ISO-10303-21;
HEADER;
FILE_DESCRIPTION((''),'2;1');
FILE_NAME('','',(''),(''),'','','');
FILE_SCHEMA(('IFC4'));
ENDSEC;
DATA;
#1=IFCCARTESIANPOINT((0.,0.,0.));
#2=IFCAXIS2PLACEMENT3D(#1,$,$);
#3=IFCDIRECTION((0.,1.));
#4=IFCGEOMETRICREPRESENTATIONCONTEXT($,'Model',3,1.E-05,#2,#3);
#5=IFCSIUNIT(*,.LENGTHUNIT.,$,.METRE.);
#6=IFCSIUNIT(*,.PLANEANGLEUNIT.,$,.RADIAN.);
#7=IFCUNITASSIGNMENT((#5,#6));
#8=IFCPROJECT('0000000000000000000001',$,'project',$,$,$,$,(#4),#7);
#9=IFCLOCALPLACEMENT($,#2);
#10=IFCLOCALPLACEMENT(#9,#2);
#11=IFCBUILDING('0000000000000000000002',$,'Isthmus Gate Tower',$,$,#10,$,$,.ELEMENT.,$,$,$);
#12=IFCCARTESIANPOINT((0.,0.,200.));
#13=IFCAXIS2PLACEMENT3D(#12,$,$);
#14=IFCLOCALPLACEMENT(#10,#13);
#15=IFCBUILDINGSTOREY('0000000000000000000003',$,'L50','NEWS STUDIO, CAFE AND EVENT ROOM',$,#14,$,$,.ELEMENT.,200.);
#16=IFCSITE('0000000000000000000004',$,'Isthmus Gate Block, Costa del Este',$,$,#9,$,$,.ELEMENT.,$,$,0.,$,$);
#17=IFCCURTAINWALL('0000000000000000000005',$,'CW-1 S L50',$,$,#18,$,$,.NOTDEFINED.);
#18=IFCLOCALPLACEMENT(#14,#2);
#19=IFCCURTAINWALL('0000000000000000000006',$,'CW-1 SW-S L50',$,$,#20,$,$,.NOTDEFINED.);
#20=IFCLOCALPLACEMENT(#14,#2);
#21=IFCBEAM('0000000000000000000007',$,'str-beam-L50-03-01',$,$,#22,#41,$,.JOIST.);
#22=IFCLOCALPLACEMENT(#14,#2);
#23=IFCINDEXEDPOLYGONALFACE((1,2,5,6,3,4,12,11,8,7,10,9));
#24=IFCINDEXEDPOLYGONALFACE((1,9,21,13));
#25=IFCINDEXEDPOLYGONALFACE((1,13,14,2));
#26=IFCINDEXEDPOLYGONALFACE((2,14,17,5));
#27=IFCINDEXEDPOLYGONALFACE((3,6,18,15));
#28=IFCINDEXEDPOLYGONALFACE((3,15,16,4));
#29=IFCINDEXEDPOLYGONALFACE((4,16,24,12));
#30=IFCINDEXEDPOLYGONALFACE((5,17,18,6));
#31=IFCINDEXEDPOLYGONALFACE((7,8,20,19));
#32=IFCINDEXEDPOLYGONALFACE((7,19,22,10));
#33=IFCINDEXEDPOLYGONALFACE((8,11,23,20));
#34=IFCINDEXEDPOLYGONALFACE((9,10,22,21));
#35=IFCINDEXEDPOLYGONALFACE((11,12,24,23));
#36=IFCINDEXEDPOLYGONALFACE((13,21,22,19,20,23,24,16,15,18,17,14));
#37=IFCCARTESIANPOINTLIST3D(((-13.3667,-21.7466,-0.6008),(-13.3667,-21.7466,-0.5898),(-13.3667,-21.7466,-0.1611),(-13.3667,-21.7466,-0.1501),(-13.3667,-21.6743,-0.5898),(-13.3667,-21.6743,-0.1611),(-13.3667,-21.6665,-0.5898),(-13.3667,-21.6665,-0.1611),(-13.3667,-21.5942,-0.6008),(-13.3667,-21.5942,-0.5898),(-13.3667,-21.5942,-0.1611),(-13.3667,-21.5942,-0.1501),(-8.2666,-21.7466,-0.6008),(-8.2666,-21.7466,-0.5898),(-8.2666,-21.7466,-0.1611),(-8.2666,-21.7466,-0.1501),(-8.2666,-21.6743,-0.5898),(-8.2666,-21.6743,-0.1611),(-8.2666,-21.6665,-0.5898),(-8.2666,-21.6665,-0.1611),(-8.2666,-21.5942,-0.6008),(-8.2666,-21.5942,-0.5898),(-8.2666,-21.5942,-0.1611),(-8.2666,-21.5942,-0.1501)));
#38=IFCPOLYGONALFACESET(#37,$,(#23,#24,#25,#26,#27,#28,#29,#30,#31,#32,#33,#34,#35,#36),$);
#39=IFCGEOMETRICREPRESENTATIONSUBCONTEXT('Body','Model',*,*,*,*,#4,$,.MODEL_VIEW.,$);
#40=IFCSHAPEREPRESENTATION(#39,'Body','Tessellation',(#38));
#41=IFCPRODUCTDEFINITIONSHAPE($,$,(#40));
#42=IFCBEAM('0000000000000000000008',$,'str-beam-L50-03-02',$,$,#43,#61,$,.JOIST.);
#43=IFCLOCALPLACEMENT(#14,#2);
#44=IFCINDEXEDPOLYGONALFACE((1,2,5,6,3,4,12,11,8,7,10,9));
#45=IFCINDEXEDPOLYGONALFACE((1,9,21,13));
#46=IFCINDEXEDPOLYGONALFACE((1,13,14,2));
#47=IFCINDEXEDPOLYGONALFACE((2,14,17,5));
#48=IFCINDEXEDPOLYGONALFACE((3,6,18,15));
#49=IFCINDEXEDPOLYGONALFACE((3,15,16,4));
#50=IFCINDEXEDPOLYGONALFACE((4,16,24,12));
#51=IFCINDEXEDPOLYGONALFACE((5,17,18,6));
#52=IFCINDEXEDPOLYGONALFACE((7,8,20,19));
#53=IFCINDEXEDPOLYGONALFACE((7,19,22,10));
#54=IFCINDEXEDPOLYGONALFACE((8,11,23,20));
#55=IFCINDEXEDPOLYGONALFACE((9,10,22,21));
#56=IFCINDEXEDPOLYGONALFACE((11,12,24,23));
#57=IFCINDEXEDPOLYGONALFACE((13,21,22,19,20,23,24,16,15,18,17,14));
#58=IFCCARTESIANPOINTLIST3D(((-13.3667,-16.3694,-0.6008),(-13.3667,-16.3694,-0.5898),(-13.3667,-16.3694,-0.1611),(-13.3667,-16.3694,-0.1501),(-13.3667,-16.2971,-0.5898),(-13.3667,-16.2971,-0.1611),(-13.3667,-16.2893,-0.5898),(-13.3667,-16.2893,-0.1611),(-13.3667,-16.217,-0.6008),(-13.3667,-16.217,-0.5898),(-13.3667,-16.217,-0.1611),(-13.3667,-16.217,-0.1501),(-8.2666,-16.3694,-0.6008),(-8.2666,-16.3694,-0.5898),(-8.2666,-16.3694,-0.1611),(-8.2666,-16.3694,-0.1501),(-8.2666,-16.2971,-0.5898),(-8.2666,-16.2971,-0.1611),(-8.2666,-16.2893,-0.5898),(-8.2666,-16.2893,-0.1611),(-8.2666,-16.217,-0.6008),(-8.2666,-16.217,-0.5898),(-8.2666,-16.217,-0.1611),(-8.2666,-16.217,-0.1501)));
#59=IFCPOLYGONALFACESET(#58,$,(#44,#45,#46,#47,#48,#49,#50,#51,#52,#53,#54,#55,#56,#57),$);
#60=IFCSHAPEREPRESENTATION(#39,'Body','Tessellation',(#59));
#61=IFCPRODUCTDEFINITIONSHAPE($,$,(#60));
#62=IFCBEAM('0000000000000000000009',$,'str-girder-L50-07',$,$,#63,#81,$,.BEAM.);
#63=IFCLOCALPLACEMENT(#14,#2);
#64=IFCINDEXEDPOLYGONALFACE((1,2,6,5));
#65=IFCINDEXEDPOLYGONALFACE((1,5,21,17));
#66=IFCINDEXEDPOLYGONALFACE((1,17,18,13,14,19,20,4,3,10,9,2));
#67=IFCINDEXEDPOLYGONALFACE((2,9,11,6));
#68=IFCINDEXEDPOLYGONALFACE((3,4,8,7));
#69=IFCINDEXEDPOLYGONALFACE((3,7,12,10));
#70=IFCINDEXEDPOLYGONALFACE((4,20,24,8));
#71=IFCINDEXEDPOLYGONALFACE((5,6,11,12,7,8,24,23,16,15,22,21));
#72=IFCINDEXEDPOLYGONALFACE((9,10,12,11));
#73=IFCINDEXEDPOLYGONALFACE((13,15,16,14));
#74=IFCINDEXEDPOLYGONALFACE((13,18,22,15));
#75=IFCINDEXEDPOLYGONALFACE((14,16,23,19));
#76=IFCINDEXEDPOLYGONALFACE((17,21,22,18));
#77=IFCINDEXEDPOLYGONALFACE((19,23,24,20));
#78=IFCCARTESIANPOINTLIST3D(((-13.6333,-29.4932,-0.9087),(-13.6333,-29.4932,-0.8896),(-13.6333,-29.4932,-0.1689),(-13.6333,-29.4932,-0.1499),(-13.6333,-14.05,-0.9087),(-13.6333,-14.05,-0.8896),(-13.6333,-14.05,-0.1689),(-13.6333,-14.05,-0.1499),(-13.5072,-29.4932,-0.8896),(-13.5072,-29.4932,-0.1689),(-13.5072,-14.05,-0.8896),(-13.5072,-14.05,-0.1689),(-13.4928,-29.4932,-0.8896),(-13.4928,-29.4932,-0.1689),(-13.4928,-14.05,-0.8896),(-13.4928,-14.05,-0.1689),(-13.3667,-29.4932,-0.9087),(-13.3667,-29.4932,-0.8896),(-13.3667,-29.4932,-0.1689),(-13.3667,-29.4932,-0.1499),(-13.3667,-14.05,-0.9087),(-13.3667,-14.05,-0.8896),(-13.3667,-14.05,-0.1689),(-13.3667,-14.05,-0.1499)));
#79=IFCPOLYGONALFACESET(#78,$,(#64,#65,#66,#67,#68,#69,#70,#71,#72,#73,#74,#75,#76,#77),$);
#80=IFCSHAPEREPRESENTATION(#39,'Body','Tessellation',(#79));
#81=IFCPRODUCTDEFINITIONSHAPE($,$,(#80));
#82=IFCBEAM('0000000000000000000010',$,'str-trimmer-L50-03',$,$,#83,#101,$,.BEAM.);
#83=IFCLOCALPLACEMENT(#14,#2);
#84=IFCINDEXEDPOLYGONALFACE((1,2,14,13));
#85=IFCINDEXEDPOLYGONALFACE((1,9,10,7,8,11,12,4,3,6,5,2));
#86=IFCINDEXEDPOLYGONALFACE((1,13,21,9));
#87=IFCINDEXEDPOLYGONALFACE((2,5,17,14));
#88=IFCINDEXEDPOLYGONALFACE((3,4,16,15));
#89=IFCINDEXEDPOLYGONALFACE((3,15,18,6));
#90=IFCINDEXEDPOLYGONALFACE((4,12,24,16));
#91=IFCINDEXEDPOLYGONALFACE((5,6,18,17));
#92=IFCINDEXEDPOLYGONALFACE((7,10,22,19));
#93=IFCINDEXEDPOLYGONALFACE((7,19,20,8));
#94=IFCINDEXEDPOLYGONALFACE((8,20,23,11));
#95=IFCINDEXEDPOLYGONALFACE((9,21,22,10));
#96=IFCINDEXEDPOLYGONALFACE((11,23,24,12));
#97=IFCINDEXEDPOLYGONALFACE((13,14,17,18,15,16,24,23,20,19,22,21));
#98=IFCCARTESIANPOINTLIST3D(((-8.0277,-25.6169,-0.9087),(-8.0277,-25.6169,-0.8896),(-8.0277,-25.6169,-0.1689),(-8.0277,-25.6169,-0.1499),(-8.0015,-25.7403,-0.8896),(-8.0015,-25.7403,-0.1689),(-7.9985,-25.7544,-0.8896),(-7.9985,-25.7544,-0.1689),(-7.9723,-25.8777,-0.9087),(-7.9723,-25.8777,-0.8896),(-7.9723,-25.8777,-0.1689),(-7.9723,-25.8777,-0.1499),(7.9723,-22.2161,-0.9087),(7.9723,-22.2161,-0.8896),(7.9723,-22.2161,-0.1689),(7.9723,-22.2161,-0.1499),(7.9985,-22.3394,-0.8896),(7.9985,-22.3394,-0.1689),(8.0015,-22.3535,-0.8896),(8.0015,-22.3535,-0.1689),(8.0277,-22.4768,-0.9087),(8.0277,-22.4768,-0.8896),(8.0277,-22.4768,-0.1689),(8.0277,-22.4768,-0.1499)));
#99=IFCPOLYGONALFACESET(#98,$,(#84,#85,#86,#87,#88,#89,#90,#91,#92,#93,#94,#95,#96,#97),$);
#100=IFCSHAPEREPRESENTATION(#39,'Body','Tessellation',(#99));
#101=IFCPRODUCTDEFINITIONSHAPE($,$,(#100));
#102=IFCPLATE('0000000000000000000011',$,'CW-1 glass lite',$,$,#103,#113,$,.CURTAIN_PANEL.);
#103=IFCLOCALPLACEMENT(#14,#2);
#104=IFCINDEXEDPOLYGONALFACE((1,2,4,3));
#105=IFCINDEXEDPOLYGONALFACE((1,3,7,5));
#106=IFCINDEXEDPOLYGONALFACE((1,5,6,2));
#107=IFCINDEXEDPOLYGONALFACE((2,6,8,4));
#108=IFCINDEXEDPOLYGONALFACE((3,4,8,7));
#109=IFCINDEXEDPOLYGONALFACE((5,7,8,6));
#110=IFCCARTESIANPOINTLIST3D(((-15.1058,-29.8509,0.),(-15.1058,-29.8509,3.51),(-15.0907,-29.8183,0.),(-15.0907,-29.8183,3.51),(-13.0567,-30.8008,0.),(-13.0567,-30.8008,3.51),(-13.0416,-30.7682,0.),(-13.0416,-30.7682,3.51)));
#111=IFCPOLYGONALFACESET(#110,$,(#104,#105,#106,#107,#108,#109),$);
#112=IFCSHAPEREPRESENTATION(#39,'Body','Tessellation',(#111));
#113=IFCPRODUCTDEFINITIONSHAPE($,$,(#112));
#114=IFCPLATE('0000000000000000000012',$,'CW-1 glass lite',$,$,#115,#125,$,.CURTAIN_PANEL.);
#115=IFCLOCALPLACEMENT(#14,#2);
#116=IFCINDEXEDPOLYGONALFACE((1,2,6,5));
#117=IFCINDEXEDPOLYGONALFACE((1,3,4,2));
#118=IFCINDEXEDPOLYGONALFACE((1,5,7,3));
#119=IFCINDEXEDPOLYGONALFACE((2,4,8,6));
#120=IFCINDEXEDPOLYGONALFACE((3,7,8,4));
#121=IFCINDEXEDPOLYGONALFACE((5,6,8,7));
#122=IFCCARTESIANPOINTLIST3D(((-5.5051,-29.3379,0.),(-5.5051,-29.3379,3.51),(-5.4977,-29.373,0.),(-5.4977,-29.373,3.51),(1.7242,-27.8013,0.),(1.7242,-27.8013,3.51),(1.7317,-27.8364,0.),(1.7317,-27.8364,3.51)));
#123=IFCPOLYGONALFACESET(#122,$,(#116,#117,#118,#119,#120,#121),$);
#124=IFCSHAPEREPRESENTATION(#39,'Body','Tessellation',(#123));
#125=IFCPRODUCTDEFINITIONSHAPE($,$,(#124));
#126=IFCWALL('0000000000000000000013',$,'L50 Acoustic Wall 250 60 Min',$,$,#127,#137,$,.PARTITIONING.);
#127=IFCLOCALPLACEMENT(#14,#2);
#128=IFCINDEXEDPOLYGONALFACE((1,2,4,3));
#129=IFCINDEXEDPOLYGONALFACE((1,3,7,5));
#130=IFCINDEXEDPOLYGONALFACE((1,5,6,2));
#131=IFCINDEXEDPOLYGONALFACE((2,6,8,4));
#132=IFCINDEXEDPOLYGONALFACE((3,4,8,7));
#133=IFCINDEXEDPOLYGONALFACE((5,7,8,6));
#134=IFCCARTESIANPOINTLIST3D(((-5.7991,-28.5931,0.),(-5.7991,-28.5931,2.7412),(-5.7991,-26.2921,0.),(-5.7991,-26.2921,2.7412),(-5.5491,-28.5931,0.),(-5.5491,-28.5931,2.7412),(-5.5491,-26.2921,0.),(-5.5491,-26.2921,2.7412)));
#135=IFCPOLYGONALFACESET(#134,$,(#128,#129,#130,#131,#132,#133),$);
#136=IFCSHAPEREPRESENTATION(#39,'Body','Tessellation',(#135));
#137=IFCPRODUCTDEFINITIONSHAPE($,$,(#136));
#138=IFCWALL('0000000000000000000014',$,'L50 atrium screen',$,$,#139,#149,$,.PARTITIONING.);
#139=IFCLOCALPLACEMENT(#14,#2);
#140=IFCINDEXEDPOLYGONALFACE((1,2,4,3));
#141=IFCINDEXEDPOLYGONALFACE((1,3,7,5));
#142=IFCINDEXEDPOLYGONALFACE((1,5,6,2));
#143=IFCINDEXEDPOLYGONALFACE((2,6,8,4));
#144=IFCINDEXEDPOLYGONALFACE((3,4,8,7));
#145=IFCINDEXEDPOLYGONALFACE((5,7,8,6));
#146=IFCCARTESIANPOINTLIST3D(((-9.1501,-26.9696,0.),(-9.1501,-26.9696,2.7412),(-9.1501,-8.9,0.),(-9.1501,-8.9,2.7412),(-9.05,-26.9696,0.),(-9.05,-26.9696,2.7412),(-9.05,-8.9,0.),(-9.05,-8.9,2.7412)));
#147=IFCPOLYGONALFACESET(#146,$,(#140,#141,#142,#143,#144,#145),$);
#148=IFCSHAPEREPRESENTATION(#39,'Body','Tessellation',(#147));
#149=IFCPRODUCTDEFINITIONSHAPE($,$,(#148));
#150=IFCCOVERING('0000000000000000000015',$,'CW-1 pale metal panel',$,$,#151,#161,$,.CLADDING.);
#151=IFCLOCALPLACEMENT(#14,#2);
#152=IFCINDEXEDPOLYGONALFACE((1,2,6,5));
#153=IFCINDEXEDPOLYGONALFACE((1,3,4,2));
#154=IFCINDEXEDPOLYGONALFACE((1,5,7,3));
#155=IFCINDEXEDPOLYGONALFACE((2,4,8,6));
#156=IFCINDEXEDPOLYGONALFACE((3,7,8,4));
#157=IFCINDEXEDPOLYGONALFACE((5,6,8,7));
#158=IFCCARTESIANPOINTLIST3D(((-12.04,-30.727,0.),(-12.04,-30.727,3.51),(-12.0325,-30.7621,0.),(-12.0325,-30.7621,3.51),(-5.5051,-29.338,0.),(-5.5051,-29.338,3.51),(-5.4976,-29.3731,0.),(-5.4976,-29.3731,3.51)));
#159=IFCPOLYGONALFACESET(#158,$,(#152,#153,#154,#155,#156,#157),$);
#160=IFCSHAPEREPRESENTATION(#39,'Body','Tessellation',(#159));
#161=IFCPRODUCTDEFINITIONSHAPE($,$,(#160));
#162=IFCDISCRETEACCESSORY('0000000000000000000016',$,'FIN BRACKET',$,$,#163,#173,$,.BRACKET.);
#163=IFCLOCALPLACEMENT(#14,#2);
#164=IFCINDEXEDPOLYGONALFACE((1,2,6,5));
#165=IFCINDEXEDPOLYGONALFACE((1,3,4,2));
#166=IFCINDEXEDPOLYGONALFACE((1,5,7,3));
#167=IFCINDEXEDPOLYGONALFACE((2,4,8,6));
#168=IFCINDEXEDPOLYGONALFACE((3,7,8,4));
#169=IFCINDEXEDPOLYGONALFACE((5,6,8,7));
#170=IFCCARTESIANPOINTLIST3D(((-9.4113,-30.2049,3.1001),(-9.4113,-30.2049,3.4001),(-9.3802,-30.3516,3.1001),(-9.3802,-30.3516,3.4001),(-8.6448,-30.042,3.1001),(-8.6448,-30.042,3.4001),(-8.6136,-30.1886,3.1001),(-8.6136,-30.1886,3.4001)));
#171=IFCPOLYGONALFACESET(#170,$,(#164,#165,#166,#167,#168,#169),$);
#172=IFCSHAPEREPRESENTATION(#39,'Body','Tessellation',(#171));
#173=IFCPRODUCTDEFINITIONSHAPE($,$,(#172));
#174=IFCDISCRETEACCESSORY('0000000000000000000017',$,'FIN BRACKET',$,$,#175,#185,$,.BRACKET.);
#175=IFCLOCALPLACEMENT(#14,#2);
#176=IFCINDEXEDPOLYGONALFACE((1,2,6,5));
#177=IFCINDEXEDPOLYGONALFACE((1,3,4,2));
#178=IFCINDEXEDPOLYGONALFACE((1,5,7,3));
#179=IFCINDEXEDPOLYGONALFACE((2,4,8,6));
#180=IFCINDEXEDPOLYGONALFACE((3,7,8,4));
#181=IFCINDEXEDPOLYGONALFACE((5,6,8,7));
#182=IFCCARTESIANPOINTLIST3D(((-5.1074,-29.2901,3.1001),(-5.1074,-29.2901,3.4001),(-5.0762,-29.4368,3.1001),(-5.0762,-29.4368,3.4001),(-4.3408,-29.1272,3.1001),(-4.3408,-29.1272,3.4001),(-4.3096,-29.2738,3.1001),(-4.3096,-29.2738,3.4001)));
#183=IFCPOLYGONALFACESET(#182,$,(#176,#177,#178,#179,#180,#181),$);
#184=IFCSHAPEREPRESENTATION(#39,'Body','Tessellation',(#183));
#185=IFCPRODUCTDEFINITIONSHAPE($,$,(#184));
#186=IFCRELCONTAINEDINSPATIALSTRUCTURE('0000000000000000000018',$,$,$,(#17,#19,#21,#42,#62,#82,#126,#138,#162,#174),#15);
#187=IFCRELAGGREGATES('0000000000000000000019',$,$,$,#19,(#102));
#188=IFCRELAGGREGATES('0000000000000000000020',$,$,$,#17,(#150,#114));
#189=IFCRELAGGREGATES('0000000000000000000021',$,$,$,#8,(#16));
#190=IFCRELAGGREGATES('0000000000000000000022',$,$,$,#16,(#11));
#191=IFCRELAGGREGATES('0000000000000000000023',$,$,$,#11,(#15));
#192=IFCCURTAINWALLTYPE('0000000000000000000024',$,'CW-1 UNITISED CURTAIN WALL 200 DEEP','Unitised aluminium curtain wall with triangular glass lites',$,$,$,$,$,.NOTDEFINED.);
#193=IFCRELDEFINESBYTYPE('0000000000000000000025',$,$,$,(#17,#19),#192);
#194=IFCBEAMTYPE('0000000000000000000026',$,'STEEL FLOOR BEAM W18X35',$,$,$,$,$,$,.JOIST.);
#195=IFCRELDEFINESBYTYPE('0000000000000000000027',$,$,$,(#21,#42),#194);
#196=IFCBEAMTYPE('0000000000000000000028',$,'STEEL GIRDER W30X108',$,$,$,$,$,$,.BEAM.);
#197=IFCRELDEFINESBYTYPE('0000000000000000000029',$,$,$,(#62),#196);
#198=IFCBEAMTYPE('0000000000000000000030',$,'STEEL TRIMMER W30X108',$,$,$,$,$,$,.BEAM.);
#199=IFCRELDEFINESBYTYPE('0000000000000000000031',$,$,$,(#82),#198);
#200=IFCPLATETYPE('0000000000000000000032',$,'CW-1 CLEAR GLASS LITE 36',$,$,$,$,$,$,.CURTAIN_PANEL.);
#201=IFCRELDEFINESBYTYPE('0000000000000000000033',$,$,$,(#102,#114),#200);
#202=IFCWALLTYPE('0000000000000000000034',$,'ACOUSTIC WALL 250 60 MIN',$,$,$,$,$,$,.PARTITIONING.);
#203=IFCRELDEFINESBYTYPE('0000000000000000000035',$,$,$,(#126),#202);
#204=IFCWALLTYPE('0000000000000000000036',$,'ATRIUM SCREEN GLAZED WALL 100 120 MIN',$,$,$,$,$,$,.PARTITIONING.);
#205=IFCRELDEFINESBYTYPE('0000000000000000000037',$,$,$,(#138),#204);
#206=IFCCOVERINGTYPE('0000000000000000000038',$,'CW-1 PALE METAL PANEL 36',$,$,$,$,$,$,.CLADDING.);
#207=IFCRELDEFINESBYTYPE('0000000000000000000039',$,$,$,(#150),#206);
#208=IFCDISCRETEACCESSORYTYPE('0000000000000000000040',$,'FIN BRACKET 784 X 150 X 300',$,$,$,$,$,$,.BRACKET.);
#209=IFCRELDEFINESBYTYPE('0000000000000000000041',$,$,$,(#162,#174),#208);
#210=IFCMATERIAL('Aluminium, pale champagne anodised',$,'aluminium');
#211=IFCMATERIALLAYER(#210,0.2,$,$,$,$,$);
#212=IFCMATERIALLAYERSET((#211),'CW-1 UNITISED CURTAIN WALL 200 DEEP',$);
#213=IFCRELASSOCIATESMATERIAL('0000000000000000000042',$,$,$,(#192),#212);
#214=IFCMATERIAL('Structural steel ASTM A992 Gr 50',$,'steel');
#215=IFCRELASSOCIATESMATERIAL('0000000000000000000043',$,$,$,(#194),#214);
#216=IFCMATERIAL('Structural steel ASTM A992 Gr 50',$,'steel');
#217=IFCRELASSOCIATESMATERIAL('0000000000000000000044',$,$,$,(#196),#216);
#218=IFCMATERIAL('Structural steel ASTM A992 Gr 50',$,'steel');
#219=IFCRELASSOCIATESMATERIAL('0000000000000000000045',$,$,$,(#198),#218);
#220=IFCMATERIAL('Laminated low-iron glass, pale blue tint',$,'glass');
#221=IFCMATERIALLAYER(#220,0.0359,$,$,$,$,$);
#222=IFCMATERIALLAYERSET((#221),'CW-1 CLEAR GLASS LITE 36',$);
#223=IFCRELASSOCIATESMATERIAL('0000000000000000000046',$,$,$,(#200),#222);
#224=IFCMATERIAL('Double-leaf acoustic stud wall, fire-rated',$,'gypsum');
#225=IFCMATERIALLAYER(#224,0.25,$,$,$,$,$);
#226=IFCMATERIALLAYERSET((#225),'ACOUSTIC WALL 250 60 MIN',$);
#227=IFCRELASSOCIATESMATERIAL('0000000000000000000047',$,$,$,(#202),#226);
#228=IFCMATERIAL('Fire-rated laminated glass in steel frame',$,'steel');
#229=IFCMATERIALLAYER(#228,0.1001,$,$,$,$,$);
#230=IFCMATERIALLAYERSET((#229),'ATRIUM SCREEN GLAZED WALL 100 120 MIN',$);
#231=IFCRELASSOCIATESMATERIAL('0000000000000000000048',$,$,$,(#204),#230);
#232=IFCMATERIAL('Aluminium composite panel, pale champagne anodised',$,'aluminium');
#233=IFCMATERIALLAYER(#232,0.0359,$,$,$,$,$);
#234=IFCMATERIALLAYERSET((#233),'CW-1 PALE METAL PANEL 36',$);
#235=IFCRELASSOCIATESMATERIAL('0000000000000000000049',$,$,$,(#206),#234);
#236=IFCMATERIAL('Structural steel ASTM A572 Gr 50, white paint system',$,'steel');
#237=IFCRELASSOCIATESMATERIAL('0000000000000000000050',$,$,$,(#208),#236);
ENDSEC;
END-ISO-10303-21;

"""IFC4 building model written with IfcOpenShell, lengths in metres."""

from ifc_helpers import new_model, si_unit, direction, frame, frame_2d, origin, origin_2d, place, context, subcontext, project, spatial, rectangle, i_section, extrude, material, layer, layer_set, material_profile, profile_set, type_object, element, aggregate, save


model = new_model("IFC4")

# Units and contexts
model_context = context("Model", 3, precision=1e-05, world=origin(), true_north=direction((0.0, 1.0)))
body_context = subcontext(model_context, "Body", "Model", "MODEL_VIEW")
ifc_project = project(units=[si_unit("LENGTHUNIT", "METRE"), si_unit("PLANEANGLEUNIT", "RADIAN")], contexts=[model_context])

# Site, building, storey
site_placement = place(None, origin())
site = spatial("IfcSite", under=ifc_project, at=site_placement, Name="Isthmus Gate Block, Costa del Este", CompositionType="ELEMENT", RefElevation=0.0)
building_placement = place(site_placement, origin())
building = spatial("IfcBuilding", under=site, at=building_placement, Name="Isthmus Gate Tower", CompositionType="ELEMENT")
storey_placement = place(building_placement, frame((0.0, 0.0, 200.0)))
storey = spatial("IfcBuildingStorey", under=building, at=storey_placement, Name="L50", Description="NEWS STUDIO, CAFE AND EVENT ROOM", CompositionType="ELEMENT", Elevation=200.0)

# Curtain walls
ifc_material_1 = material(Name="Aluminium, pale champagne anodised", Category="aluminium")
ifc_layer_1 = layer(ifc_material_1, 0.2)
ifc_layer_set_1 = layer_set([ifc_layer_1], Name="CW-1 UNITISED CURTAIN WALL 200 DEEP")
curtain_wall_type = type_object("IfcCurtainWallType", Name="CW-1 UNITISED CURTAIN WALL 200 DEEP", Description="Unitised aluminium curtain wall with triangular glass lites", PredefinedType="NOTDEFINED", material=ifc_layer_set_1)
curtain_wall_1_placement = place(storey_placement, origin())
curtain_wall_1 = element("IfcCurtainWall", 1, at=curtain_wall_1_placement, inside=storey, type_object=curtain_wall_type, Name="CW-1 S L50", PredefinedType="NOTDEFINED")
curtain_wall_2_placement = place(storey_placement, origin())
curtain_wall_2 = element("IfcCurtainWall", 2, at=curtain_wall_2_placement, inside=storey, type_object=curtain_wall_type, Name="CW-1 SW-S L50", PredefinedType="NOTDEFINED")

# Beams
ifc_material_2 = material(Name="Structural steel ASTM A992 Gr 50", Category="steel")
ifc_material_profile_1 = material_profile(ifc_material_2, i_section(OverallWidth=0.1523, OverallDepth=0.4507, WebThickness=0.0078, FlangeThickness=0.011, at=origin_2d()), Name="W18X35")
ifc_profile_set_1 = profile_set([ifc_material_profile_1], Name="Structural steel ASTM A992 Gr 50")
beam_type_1 = type_object("IfcBeamType", Name="STEEL FLOOR BEAM W18X35", PredefinedType="JOIST", material=ifc_profile_set_1)
for number, where, z_axis, x_axis, name in (
    (3, (-13.3667, -21.6704, -0.3755), (1.0, 0.0, 0.0), (0.0, 1.0, 0.0), "str-beam-L50-03-01"),
    (4, (-13.3667, -16.2932, -0.3755), (1.0, 0.0, 0.0), (0.0, 1.0, 0.0), "str-beam-L50-03-02"),
):
    element("IfcBeam", number, at=place(storey_placement, frame(where, z_axis=z_axis, x_axis=x_axis)), inside=storey, type_object=beam_type_1, Name=name, PredefinedType="JOIST", context=body_context, shape_type="SweptSolid", body=[
        extrude(i_section(OverallWidth=0.1523, OverallDepth=0.4507, WebThickness=0.0078, FlangeThickness=0.011, at=origin_2d()), origin(), (0.0, 0.0, 1.0), 5.1001),
    ])
ifc_material_3 = material(Name="Structural steel ASTM A992 Gr 50", Category="steel")
ifc_material_profile_2 = material_profile(ifc_material_3, i_section(OverallWidth=0.2666, OverallDepth=0.7588, WebThickness=0.0144, FlangeThickness=0.019, at=origin_2d()), Name="W30X108")
ifc_profile_set_2 = profile_set([ifc_material_profile_2], Name="Structural steel ASTM A992 Gr 50")
beam_type_2 = type_object("IfcBeamType", Name="STEEL GIRDER W30X108", PredefinedType="BEAM", material=ifc_profile_set_2)
beam_1_placement = place(storey_placement, frame((-13.5, -29.4932, -0.5293), z_axis=(0.0, 1.0, 0.0), x_axis=(-1.0, 0.0, 0.0)))
element("IfcBeam", 5, at=beam_1_placement, inside=storey, type_object=beam_type_2, Name="str-girder-L50-07", PredefinedType="BEAM", context=body_context, shape_type="SweptSolid", body=[
    extrude(i_section(OverallWidth=0.2666, OverallDepth=0.7588, WebThickness=0.0144, FlangeThickness=0.019, at=origin_2d()), origin(), (0.0, 0.0, 1.0), 15.4431),
])
ifc_material_4 = material(Name="Structural steel ASTM A992 Gr 50", Category="steel")
ifc_material_profile_3 = material_profile(ifc_material_4, i_section(OverallWidth=0.2666, OverallDepth=0.7588, WebThickness=0.0144, FlangeThickness=0.019, at=origin_2d()), Name="W30X108")
ifc_profile_set_3 = profile_set([ifc_material_profile_3], Name="Structural steel ASTM A992 Gr 50")
beam_type_3 = type_object("IfcBeamType", Name="STEEL TRIMMER W30X108", PredefinedType="BEAM", material=ifc_profile_set_3)
beam_2_placement = place(storey_placement, frame((-8.0, -25.7473, -0.5293), z_axis=(0.978148, 0.20791, 0.0), x_axis=(-0.20791, 0.978148, 0.0)))
element("IfcBeam", 6, at=beam_2_placement, inside=storey, type_object=beam_type_3, Name="str-trimmer-L50-03", PredefinedType="BEAM", context=body_context, shape_type="SweptSolid", body=[
    extrude(i_section(OverallWidth=0.2666, OverallDepth=0.7588, WebThickness=0.0144, FlangeThickness=0.019, at=origin_2d()), origin(), (0.0, 0.0, 1.0), 16.3574),
])

# Plates
ifc_material_5 = material(Name="Laminated low-iron glass, pale blue tint", Category="glass")
ifc_layer_2 = layer(ifc_material_5, 0.0359)
ifc_layer_set_2 = layer_set([ifc_layer_2], Name="CW-1 CLEAR GLASS LITE 36")
plate_type = type_object("IfcPlateType", Name="CW-1 CLEAR GLASS LITE 36", PredefinedType="CURTAIN_PANEL", material=ifc_layer_set_2)
plate_1_placement = place(storey_placement, frame((-14.0737, -30.3096, 0.0), z_axis=(0.0, 0.0, 1.0), x_axis=(0.907256, -0.420578, 0.0)))
plate_1 = element("IfcPlate", 7, at=plate_1_placement, type_object=plate_type, Name="CW-1 glass lite", PredefinedType="CURTAIN_PANEL", context=body_context, shape_type="SweptSolid", body=[
    extrude(rectangle(XDim=2.2585, YDim=0.0359, at=origin_2d()), origin(), (0.0, 0.0, 1.0), 3.51),
])
aggregate(curtain_wall_2, [plate_1])
plate_2_placement = place(storey_placement, frame((-1.8867, -28.5872, 0.0), z_axis=(0.0, 0.0, 1.0), x_axis=(0.978148, 0.207912, 0.0)))
plate_2 = element("IfcPlate", 8, at=plate_2_placement, type_object=plate_type, Name="CW-1 glass lite", PredefinedType="CURTAIN_PANEL", context=body_context, shape_type="SweptSolid", body=[
    extrude(rectangle(XDim=7.3909, YDim=0.0359, at=origin_2d()), origin(), (0.0, 0.0, 1.0), 3.51),
])

# Walls
ifc_material_6 = material(Name="Double-leaf acoustic stud wall, fire-rated", Category="gypsum")
ifc_layer_3 = layer(ifc_material_6, 0.25)
ifc_layer_set_3 = layer_set([ifc_layer_3], Name="ACOUSTIC WALL 250 60 MIN")
wall_type_1 = type_object("IfcWallType", Name="ACOUSTIC WALL 250 60 MIN", PredefinedType="PARTITIONING", material=ifc_layer_set_3)
wall_1_placement = place(storey_placement, frame((-5.6741, -28.593, 0.0), z_axis=(0.0, 0.0, 1.0), x_axis=(0.0, 1.0, 0.0)))
element("IfcWall", 9, at=wall_1_placement, inside=storey, type_object=wall_type_1, Name="L50 Acoustic Wall 250 60 Min", PredefinedType="PARTITIONING", context=body_context, shape_type="SweptSolid", body=[
    extrude(rectangle(XDim=2.301, YDim=0.25, at=frame_2d((1.1504, 0.0))), origin(), (0.0, 0.0, 1.0), 2.7412),
])
ifc_material_7 = material(Name="Fire-rated laminated glass in steel frame", Category="steel")
ifc_layer_4 = layer(ifc_material_7, 0.1001)
ifc_layer_set_4 = layer_set([ifc_layer_4], Name="ATRIUM SCREEN GLAZED WALL 100 120 MIN")
wall_type_2 = type_object("IfcWallType", Name="ATRIUM SCREEN GLAZED WALL 100 120 MIN", PredefinedType="PARTITIONING", material=ifc_layer_set_4)
wall_2_placement = place(storey_placement, frame((-9.1001, -26.9695, 0.0), z_axis=(0.0, 0.0, 1.0), x_axis=(0.0, 1.0, 0.0)))
element("IfcWall", 10, at=wall_2_placement, inside=storey, type_object=wall_type_2, Name="L50 atrium screen", PredefinedType="PARTITIONING", context=body_context, shape_type="SweptSolid", body=[
    extrude(rectangle(XDim=18.0696, YDim=0.1001, at=frame_2d((9.0347, 0.0))), origin(), (0.0, 0.0, 1.0), 2.7412),
])

# Covering
ifc_material_8 = material(Name="Aluminium composite panel, pale champagne anodised", Category="aluminium")
ifc_layer_5 = layer(ifc_material_8, 0.0359)
ifc_layer_set_5 = layer_set([ifc_layer_5], Name="CW-1 PALE METAL PANEL 36")
covering_type = type_object("IfcCoveringType", Name="CW-1 PALE METAL PANEL 36", PredefinedType="CLADDING", material=ifc_layer_set_5)
covering_placement = place(storey_placement, frame((-8.7688, -30.05, 0.0), z_axis=(0.0, 0.0, 1.0), x_axis=(0.978148, 0.207912, 0.0)))
covering = element("IfcCovering", 11, at=covering_placement, type_object=covering_type, Name="CW-1 pale metal panel", PredefinedType="CLADDING", context=body_context, shape_type="SweptSolid", body=[
    extrude(rectangle(XDim=6.6809, YDim=0.0359, at=origin_2d()), origin(), (0.0, 0.0, 1.0), 3.51),
])
aggregate(curtain_wall_1, [covering, plate_2])

# Discrete accessories
ifc_material_9 = material(Name="Structural steel ASTM A572 Gr 50, white paint system", Category="steel")
discrete_accessory_type = type_object("IfcDiscreteAccessoryType", Name="FIN BRACKET 784 X 150 X 300", PredefinedType="BRACKET", material=ifc_material_9)
for number, where, z_axis, x_axis, name in (
    (12, (-9.0125, -30.1968, 3.1001), (0.0, 0.0, 1.0), (0.207912, -0.978148, 0.0), "FIN BRACKET"),
    (13, (-4.7085, -29.282, 3.1001), (0.0, 0.0, 1.0), (0.207912, -0.978148, 0.0), "FIN BRACKET"),
):
    element("IfcDiscreteAccessory", number, at=place(storey_placement, frame(where, z_axis=z_axis, x_axis=x_axis)), inside=storey, type_object=discrete_accessory_type, Name=name, PredefinedType="BRACKET", context=body_context, shape_type="SweptSolid", body=[
        extrude(rectangle(XDim=0.1499, YDim=0.7837, at=origin_2d()), origin(), (0.0, 0.0, 1.0), 0.3),
    ])

save(model, "model.ifc")
